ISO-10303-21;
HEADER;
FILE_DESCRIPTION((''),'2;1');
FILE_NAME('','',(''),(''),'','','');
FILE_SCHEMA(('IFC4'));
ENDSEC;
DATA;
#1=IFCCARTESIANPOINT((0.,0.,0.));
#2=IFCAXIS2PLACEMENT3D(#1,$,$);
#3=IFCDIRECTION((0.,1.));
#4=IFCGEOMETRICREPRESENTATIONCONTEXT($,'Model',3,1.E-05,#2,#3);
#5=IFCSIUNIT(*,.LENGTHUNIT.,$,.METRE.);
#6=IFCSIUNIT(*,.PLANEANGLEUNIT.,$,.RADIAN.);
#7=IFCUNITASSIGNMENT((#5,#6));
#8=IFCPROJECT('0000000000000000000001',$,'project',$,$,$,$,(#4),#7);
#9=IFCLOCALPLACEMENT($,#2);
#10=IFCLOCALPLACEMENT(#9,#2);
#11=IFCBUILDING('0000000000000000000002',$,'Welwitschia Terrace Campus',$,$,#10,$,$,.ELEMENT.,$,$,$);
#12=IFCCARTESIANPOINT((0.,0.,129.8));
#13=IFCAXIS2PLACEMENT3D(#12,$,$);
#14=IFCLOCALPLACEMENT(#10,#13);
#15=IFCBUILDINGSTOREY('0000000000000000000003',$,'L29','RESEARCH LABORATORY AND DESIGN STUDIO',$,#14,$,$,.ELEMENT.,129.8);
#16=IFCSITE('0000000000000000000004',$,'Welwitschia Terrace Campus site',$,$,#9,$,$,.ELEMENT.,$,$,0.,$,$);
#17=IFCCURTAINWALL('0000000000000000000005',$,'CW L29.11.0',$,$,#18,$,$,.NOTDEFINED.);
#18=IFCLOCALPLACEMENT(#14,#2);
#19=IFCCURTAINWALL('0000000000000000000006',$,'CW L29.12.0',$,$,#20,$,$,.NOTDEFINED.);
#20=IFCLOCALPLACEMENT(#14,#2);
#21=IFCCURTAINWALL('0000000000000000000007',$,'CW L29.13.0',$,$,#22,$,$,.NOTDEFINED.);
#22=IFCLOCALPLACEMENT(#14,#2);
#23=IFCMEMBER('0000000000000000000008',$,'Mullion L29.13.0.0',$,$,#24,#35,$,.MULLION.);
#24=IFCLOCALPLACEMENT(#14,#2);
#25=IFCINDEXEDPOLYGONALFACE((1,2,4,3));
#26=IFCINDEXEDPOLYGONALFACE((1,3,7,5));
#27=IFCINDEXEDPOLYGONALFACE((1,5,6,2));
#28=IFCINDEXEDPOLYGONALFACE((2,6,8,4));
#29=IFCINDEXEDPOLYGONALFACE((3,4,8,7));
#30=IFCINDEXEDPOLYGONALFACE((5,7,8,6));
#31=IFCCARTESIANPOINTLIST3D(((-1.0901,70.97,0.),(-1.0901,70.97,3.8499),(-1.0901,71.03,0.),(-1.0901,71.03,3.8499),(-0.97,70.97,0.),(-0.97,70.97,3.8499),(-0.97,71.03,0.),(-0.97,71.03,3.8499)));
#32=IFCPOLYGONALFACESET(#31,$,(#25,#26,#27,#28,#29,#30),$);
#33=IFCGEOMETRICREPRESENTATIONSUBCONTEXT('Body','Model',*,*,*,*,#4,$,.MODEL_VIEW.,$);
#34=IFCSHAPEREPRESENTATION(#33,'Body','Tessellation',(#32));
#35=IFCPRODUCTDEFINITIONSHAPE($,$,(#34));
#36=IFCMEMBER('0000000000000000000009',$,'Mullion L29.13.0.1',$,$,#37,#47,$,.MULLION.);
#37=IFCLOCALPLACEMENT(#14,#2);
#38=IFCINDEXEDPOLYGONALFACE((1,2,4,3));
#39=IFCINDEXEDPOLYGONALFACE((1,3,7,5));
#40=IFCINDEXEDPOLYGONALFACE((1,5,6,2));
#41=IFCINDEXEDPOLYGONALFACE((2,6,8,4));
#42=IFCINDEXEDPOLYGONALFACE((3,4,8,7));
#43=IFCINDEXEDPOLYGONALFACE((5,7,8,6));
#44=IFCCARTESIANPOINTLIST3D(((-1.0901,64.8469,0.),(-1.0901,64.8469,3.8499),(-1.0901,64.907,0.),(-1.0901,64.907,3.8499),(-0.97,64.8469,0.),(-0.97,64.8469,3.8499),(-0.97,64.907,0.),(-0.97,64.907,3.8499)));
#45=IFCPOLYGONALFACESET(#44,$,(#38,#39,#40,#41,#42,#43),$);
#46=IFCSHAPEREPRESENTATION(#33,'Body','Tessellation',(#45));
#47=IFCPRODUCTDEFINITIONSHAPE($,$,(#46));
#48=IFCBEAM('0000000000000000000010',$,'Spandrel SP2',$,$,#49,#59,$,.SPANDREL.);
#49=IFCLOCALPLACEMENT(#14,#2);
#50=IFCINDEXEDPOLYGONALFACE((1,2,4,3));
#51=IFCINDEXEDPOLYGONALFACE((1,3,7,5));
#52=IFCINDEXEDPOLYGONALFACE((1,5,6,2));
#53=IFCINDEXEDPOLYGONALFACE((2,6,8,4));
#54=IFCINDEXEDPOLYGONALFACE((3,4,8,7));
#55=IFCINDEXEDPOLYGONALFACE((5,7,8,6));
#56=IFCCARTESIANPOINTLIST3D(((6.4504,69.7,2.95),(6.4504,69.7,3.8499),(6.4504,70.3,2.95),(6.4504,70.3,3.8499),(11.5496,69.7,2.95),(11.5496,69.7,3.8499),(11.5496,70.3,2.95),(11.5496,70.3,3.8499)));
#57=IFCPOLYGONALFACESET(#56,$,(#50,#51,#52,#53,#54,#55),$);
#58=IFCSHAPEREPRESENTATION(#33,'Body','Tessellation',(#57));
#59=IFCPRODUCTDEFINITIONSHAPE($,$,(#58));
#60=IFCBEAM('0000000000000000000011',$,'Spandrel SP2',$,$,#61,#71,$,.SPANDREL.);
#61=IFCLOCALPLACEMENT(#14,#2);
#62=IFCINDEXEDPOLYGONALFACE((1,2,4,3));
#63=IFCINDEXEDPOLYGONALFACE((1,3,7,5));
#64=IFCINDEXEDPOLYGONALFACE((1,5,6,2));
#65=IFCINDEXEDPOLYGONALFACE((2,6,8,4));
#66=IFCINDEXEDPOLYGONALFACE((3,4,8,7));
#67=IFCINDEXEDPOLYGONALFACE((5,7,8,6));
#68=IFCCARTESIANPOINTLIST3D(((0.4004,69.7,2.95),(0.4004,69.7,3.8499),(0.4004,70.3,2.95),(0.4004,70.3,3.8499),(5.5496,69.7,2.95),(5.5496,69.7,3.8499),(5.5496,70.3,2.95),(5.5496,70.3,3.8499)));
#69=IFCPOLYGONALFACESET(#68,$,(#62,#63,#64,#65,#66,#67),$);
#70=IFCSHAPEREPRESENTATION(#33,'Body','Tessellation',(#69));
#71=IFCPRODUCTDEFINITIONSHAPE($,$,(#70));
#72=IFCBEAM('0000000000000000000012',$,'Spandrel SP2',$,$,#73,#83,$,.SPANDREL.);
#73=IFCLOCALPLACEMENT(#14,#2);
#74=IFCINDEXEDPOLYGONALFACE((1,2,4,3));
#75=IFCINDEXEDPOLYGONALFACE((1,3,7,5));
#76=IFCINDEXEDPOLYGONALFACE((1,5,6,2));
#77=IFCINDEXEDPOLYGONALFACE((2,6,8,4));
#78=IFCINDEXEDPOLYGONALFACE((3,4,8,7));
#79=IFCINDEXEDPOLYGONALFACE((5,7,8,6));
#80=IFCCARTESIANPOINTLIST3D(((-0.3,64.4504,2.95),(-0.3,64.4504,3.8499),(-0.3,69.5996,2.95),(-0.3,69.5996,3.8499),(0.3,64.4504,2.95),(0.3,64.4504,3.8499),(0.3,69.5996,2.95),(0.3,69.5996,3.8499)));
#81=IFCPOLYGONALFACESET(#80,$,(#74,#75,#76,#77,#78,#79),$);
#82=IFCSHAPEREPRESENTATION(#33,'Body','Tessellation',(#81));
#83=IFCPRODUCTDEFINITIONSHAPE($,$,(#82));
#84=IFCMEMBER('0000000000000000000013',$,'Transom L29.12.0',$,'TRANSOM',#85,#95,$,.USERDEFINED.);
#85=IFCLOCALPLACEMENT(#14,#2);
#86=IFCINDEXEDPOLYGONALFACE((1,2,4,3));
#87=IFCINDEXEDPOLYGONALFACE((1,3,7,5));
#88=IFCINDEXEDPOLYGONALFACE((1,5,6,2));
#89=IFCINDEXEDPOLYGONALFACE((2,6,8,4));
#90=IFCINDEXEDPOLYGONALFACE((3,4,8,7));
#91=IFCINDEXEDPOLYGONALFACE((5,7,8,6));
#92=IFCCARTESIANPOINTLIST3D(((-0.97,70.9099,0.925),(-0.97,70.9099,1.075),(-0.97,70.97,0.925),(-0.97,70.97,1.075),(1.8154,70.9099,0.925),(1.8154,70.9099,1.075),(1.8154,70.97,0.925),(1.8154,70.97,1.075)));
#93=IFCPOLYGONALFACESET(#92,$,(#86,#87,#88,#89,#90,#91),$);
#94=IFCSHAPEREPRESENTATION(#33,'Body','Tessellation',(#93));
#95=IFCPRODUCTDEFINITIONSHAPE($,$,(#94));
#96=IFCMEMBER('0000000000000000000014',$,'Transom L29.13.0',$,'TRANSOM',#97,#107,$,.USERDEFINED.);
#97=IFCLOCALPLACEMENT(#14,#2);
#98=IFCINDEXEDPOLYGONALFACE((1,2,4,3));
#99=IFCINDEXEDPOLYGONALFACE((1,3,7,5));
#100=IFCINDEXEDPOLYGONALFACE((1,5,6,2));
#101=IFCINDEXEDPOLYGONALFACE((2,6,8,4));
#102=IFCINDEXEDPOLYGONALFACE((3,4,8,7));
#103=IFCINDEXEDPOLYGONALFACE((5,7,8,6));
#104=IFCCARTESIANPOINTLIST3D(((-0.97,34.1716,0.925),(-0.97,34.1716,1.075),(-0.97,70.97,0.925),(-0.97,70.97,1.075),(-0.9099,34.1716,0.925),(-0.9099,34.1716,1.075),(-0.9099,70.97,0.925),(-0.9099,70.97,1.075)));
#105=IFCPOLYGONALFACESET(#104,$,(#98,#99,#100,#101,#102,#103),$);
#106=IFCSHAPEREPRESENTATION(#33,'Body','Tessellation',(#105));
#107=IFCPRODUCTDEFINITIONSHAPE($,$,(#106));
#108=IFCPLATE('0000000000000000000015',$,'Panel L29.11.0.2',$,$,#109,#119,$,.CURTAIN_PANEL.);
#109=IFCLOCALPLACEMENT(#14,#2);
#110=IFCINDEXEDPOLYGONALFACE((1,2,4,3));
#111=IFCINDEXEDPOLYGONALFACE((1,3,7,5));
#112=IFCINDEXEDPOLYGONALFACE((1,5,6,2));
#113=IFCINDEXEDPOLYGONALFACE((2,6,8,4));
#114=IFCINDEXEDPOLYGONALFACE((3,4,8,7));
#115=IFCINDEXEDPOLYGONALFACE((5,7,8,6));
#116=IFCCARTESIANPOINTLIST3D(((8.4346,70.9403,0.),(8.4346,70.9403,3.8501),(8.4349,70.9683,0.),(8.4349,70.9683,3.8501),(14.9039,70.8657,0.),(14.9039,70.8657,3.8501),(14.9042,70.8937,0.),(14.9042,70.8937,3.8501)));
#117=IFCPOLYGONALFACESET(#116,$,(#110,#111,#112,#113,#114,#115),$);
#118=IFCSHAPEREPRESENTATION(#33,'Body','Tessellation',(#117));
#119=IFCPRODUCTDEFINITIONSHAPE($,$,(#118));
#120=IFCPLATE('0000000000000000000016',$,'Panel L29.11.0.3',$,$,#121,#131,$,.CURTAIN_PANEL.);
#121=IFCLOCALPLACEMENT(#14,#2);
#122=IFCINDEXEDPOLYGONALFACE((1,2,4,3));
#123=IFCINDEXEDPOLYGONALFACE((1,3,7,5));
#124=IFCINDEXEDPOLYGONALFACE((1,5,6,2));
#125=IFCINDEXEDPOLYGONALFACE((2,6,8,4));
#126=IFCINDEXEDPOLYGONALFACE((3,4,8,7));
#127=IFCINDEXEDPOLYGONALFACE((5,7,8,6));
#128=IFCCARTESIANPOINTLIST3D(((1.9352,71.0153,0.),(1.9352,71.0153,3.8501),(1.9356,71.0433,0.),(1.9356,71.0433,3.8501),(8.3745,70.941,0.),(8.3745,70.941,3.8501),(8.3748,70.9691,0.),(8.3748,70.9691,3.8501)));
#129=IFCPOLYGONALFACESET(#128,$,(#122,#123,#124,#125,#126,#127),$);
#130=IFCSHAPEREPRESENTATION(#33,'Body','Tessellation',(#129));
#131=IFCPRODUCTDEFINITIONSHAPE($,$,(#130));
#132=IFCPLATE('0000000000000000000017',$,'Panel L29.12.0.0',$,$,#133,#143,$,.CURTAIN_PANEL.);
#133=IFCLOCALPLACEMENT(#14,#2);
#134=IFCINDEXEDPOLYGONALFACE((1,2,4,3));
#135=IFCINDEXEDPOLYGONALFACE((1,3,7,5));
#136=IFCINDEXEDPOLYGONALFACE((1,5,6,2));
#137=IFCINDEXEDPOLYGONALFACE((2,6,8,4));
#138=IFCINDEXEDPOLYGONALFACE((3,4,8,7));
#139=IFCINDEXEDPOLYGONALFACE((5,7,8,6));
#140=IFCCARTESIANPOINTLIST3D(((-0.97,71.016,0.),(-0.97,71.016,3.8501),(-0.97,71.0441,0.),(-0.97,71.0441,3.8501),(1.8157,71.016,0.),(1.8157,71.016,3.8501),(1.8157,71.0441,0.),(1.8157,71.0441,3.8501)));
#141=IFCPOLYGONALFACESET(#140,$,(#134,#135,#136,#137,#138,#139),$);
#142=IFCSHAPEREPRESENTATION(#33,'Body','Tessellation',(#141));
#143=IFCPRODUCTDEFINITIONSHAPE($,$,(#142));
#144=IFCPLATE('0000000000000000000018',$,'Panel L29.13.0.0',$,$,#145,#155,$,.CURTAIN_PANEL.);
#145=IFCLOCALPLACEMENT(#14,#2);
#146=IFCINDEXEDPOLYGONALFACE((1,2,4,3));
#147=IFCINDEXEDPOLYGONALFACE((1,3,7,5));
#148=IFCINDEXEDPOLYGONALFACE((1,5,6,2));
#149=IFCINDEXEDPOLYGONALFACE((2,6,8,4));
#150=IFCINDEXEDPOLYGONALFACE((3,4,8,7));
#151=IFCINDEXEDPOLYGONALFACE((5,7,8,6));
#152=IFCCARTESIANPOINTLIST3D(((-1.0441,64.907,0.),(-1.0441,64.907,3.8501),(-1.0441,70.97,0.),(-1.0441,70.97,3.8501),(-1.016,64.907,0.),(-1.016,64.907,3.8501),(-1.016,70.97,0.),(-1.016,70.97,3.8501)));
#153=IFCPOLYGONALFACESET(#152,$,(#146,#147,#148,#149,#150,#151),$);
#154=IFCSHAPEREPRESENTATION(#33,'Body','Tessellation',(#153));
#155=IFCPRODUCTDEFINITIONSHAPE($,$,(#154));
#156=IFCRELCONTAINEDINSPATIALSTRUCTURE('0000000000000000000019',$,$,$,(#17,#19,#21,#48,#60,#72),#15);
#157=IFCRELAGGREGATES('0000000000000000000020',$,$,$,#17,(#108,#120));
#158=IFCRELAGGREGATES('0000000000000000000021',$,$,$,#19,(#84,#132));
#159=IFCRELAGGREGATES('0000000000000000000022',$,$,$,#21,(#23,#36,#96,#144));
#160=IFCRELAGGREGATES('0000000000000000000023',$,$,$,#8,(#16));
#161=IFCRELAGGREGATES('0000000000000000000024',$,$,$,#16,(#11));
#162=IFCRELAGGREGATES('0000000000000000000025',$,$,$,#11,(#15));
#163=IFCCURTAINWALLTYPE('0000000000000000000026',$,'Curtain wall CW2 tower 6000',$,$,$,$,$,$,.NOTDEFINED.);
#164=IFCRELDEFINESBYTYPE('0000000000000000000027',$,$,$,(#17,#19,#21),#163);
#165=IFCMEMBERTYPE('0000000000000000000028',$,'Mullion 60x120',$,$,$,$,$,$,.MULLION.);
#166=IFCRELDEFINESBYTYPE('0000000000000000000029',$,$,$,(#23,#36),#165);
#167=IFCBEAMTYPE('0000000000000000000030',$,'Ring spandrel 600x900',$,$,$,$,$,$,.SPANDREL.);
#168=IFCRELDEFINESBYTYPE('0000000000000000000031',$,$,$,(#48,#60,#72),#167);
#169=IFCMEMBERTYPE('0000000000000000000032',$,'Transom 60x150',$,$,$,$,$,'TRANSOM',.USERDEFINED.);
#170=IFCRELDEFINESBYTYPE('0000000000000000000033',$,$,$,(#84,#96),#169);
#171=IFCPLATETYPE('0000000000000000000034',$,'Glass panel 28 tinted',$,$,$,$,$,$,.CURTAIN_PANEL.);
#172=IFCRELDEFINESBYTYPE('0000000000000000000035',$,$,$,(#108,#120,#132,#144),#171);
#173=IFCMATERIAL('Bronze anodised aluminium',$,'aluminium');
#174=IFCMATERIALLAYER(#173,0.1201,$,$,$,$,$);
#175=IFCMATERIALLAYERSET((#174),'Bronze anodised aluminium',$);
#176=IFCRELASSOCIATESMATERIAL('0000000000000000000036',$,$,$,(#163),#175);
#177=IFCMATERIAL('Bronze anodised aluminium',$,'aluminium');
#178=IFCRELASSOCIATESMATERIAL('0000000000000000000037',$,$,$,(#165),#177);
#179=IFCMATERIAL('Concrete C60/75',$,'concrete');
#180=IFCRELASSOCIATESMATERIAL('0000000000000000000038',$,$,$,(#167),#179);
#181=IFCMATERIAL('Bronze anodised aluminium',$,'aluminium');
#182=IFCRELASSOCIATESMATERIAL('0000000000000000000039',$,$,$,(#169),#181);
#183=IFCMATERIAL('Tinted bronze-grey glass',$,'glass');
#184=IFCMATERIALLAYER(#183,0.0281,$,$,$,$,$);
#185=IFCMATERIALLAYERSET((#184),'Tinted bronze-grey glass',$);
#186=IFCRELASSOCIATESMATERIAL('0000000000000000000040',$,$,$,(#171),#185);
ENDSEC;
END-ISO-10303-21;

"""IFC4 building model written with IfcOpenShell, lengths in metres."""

from ifc_helpers import new_model, si_unit, direction, frame, origin, origin_2d, place, context, subcontext, project, spatial, rectangle, extrude, material, layer, layer_set, material_profile, profile_set, type_object, element, aggregate, save


model = new_model("IFC4")

# Units and contexts
model_context = context("Model", 3, precision=1e-05, world=origin(), true_north=direction((0.0, 1.0)))
body_context = subcontext(model_context, "Body", "Model", "MODEL_VIEW")
ifc_project = project(units=[si_unit("LENGTHUNIT", "METRE"), si_unit("PLANEANGLEUNIT", "RADIAN")], contexts=[model_context])

# Site, building, storey
site_placement = place(None, origin())
site = spatial("IfcSite", under=ifc_project, at=site_placement, Name="Welwitschia Terrace Campus site", CompositionType="ELEMENT", RefElevation=0.0)
building_placement = place(site_placement, origin())
building = spatial("IfcBuilding", under=site, at=building_placement, Name="Welwitschia Terrace Campus", CompositionType="ELEMENT")
storey_placement = place(building_placement, frame((0.0, 0.0, 129.8)))
storey = spatial("IfcBuildingStorey", under=building, at=storey_placement, Name="L29", Description="RESEARCH LABORATORY AND DESIGN STUDIO", CompositionType="ELEMENT", Elevation=129.8)

# Curtain walls, members
ifc_material_1 = material(Name="Bronze anodised aluminium", Category="aluminium")
ifc_layer_1 = layer(ifc_material_1, 0.1201)
ifc_layer_set_1 = layer_set([ifc_layer_1], Name="Bronze anodised aluminium")
curtain_wall_type = type_object("IfcCurtainWallType", Name="Curtain wall CW2 tower 6000", PredefinedType="NOTDEFINED", material=ifc_layer_set_1)
curtain_wall_1_placement = place(storey_placement, origin())
curtain_wall_1 = element("IfcCurtainWall", 1, at=curtain_wall_1_placement, inside=storey, type_object=curtain_wall_type, Name="CW L29.11.0", PredefinedType="NOTDEFINED")
ifc_material_2 = material(Name="Bronze anodised aluminium", Category="aluminium")
ifc_material_profile_1 = material_profile(ifc_material_2, rectangle(XDim=0.1201, YDim=0.0601, at=origin_2d()))
ifc_profile_set_1 = profile_set([ifc_material_profile_1], Name="Bronze anodised aluminium")
member_type_1 = type_object("IfcMemberType", Name="Mullion 60x120", PredefinedType="MULLION", material=ifc_profile_set_1)
curtain_wall_2_placement = place(storey_placement, origin())
curtain_wall_2 = element("IfcCurtainWall", 2, at=curtain_wall_2_placement, inside=storey, type_object=curtain_wall_type, Name="CW L29.12.0", PredefinedType="NOTDEFINED")
curtain_wall_3_placement = place(storey_placement, origin())
curtain_wall_3 = element("IfcCurtainWall", 3, at=curtain_wall_3_placement, inside=storey, type_object=curtain_wall_type, Name="CW L29.13.0", PredefinedType="NOTDEFINED")
member_1_placement = place(storey_placement, frame((-1.03, 71.0, 0.0), z_axis=(0.0, 0.0, 1.0), x_axis=(1.0, 0.0, 0.0)))
member_1 = element("IfcMember", 4, at=member_1_placement, type_object=member_type_1, Name="Mullion L29.13.0.0", PredefinedType="MULLION", context=body_context, shape_type="SweptSolid", body=[
    extrude(rectangle(XDim=0.1201, YDim=0.0601, at=origin_2d()), origin(), (0.0, 0.0, 1.0), 3.8499),
])
member_2_placement = place(storey_placement, frame((-1.03, 64.877, 0.0), z_axis=(0.0, 0.0, 1.0), x_axis=(1.0, 0.0, 0.0)))
member_2 = element("IfcMember", 5, at=member_2_placement, type_object=member_type_1, Name="Mullion L29.13.0.1", PredefinedType="MULLION", context=body_context, shape_type="SweptSolid", body=[
    extrude(rectangle(XDim=0.1201, YDim=0.0601, at=origin_2d()), origin(), (0.0, 0.0, 1.0), 3.8499),
])

# Beams
ifc_material_3 = material(Name="Concrete C60/75", Category="concrete")
ifc_material_profile_2 = material_profile(ifc_material_3, rectangle(XDim=0.6001, YDim=0.8999, at=origin_2d()))
ifc_profile_set_2 = profile_set([ifc_material_profile_2], Name="Concrete C60/75")
beam_type_1 = type_object("IfcBeamType", Name="Ring spandrel 600x900", PredefinedType="SPANDREL", material=ifc_profile_set_2)
beam_1_placement = place(storey_placement, frame((11.5496, 70.0, 3.3999), z_axis=(-1.0, 0.0, 0.0), x_axis=(0.0, -1.0, 0.0)))
element("IfcBeam", 6, at=beam_1_placement, inside=storey, type_object=beam_type_1, Name="Spandrel SP2", PredefinedType="SPANDREL", context=body_context, shape_type="SweptSolid", body=[
    extrude(rectangle(XDim=0.6001, YDim=0.8999, at=origin_2d()), origin(), (0.0, 0.0, 1.0), 5.0991),
])
for number, where, z_axis, x_axis, name in (
    (7, (5.5496, 70.0, 3.3999), (-1.0, 0.0, 0.0), (0.0, -1.0, 0.0), "Spandrel SP2"),
    (8, (0.0, 69.5996, 3.3999), (0.0, -1.0, 0.0), (1.0, 0.0, 0.0), "Spandrel SP2"),
):
    element("IfcBeam", number, at=place(storey_placement, frame(where, z_axis=z_axis, x_axis=x_axis)), inside=storey, type_object=beam_type_1, Name=name, PredefinedType="SPANDREL", context=body_context, shape_type="SweptSolid", body=[
        extrude(rectangle(XDim=0.6001, YDim=0.8999, at=origin_2d()), origin(), (0.0, 0.0, 1.0), 5.1492),
    ])

# Members
ifc_material_4 = material(Name="Bronze anodised aluminium", Category="aluminium")
ifc_material_profile_3 = material_profile(ifc_material_4, rectangle(XDim=0.0601, YDim=0.1499, at=origin_2d()))
ifc_profile_set_3 = profile_set([ifc_material_profile_3], Name="Bronze anodised aluminium")
member_type_2 = type_object("IfcMemberType", Name="Transom 60x150", ElementType="TRANSOM", PredefinedType="USERDEFINED", material=ifc_profile_set_3)
member_3_placement = place(storey_placement, frame((1.8154, 70.9399, 1.0), z_axis=(-1.0, 0.0, 0.0), x_axis=(0.0, -1.0, 0.0)))
member_3 = element("IfcMember", 9, at=member_3_placement, type_object=member_type_2, Name="Transom L29.12.0", ObjectType="TRANSOM", PredefinedType="USERDEFINED", context=body_context, shape_type="SweptSolid", body=[
    extrude(rectangle(XDim=0.0601, YDim=0.1499, at=origin_2d()), origin(), (0.0, 0.0, 1.0), 2.7854),
])
member_4_placement = place(storey_placement, frame((-0.9399, 70.97, 1.0), z_axis=(0.0, -1.0, 0.0), x_axis=(1.0, 0.0, 0.0)))
member_4 = element("IfcMember", 10, at=member_4_placement, type_object=member_type_2, Name="Transom L29.13.0", ObjectType="TRANSOM", PredefinedType="USERDEFINED", context=body_context, shape_type="SweptSolid", body=[
    extrude(rectangle(XDim=0.0601, YDim=0.1499, at=origin_2d()), origin(), (0.0, 0.0, 1.0), 36.7983),
])

# Plates
ifc_material_5 = material(Name="Tinted bronze-grey glass", Category="glass")
ifc_layer_2 = layer(ifc_material_5, 0.0281)
ifc_layer_set_2 = layer_set([ifc_layer_2], Name="Tinted bronze-grey glass")
plate_type = type_object("IfcPlateType", Name="Glass panel 28 tinted", PredefinedType="CURTAIN_PANEL", material=ifc_layer_set_2)
plate_1_placement = place(storey_placement, frame((11.6694, 70.917, 0.0), z_axis=(0.0, 0.0, 1.0), x_axis=(-0.999934, 0.01153, 0.0)))
plate_1 = element("IfcPlate", 11, at=plate_1_placement, type_object=plate_type, Name="Panel L29.11.0.2", PredefinedType="CURTAIN_PANEL", context=body_context, shape_type="SweptSolid", body=[
    extrude(rectangle(XDim=6.4697, YDim=0.0281, at=origin_2d()), origin(), (0.0, 0.0, 1.0), 3.8501),
])
plate_2_placement = place(storey_placement, frame((5.155, 70.9922, 0.0), z_axis=(0.0, 0.0, 1.0), x_axis=(-0.999934, 0.01153, 0.0)))
plate_2 = element("IfcPlate", 12, at=plate_2_placement, type_object=plate_type, Name="Panel L29.11.0.3", PredefinedType="CURTAIN_PANEL", context=body_context, shape_type="SweptSolid", body=[
    extrude(rectangle(XDim=6.4397, YDim=0.0281, at=origin_2d()), origin(), (0.0, 0.0, 1.0), 3.8501),
])
aggregate(curtain_wall_1, [plate_1, plate_2])
plate_3_placement = place(storey_placement, frame((0.4229, 71.03, 0.0), z_axis=(0.0, 0.0, 1.0), x_axis=(-1.0, 0.0, 0.0)))
plate_3 = element("IfcPlate", 13, at=plate_3_placement, type_object=plate_type, Name="Panel L29.12.0.0", PredefinedType="CURTAIN_PANEL", context=body_context, shape_type="SweptSolid", body=[
    extrude(rectangle(XDim=2.7856, YDim=0.0281, at=origin_2d()), origin(), (0.0, 0.0, 1.0), 3.8501),
])
aggregate(curtain_wall_2, [member_3, plate_3])
plate_4_placement = place(storey_placement, frame((-1.03, 67.9385, 0.0), z_axis=(0.0, 0.0, 1.0), x_axis=(0.0, -1.0, 0.0)))
plate_4 = element("IfcPlate", 14, at=plate_4_placement, type_object=plate_type, Name="Panel L29.13.0.0", PredefinedType="CURTAIN_PANEL", context=body_context, shape_type="SweptSolid", body=[
    extrude(rectangle(XDim=6.063, YDim=0.0281, at=origin_2d()), origin(), (0.0, 0.0, 1.0), 3.8501),
])
aggregate(curtain_wall_3, [member_1, member_2, member_4, plate_4])

save(model, "model.ifc")
